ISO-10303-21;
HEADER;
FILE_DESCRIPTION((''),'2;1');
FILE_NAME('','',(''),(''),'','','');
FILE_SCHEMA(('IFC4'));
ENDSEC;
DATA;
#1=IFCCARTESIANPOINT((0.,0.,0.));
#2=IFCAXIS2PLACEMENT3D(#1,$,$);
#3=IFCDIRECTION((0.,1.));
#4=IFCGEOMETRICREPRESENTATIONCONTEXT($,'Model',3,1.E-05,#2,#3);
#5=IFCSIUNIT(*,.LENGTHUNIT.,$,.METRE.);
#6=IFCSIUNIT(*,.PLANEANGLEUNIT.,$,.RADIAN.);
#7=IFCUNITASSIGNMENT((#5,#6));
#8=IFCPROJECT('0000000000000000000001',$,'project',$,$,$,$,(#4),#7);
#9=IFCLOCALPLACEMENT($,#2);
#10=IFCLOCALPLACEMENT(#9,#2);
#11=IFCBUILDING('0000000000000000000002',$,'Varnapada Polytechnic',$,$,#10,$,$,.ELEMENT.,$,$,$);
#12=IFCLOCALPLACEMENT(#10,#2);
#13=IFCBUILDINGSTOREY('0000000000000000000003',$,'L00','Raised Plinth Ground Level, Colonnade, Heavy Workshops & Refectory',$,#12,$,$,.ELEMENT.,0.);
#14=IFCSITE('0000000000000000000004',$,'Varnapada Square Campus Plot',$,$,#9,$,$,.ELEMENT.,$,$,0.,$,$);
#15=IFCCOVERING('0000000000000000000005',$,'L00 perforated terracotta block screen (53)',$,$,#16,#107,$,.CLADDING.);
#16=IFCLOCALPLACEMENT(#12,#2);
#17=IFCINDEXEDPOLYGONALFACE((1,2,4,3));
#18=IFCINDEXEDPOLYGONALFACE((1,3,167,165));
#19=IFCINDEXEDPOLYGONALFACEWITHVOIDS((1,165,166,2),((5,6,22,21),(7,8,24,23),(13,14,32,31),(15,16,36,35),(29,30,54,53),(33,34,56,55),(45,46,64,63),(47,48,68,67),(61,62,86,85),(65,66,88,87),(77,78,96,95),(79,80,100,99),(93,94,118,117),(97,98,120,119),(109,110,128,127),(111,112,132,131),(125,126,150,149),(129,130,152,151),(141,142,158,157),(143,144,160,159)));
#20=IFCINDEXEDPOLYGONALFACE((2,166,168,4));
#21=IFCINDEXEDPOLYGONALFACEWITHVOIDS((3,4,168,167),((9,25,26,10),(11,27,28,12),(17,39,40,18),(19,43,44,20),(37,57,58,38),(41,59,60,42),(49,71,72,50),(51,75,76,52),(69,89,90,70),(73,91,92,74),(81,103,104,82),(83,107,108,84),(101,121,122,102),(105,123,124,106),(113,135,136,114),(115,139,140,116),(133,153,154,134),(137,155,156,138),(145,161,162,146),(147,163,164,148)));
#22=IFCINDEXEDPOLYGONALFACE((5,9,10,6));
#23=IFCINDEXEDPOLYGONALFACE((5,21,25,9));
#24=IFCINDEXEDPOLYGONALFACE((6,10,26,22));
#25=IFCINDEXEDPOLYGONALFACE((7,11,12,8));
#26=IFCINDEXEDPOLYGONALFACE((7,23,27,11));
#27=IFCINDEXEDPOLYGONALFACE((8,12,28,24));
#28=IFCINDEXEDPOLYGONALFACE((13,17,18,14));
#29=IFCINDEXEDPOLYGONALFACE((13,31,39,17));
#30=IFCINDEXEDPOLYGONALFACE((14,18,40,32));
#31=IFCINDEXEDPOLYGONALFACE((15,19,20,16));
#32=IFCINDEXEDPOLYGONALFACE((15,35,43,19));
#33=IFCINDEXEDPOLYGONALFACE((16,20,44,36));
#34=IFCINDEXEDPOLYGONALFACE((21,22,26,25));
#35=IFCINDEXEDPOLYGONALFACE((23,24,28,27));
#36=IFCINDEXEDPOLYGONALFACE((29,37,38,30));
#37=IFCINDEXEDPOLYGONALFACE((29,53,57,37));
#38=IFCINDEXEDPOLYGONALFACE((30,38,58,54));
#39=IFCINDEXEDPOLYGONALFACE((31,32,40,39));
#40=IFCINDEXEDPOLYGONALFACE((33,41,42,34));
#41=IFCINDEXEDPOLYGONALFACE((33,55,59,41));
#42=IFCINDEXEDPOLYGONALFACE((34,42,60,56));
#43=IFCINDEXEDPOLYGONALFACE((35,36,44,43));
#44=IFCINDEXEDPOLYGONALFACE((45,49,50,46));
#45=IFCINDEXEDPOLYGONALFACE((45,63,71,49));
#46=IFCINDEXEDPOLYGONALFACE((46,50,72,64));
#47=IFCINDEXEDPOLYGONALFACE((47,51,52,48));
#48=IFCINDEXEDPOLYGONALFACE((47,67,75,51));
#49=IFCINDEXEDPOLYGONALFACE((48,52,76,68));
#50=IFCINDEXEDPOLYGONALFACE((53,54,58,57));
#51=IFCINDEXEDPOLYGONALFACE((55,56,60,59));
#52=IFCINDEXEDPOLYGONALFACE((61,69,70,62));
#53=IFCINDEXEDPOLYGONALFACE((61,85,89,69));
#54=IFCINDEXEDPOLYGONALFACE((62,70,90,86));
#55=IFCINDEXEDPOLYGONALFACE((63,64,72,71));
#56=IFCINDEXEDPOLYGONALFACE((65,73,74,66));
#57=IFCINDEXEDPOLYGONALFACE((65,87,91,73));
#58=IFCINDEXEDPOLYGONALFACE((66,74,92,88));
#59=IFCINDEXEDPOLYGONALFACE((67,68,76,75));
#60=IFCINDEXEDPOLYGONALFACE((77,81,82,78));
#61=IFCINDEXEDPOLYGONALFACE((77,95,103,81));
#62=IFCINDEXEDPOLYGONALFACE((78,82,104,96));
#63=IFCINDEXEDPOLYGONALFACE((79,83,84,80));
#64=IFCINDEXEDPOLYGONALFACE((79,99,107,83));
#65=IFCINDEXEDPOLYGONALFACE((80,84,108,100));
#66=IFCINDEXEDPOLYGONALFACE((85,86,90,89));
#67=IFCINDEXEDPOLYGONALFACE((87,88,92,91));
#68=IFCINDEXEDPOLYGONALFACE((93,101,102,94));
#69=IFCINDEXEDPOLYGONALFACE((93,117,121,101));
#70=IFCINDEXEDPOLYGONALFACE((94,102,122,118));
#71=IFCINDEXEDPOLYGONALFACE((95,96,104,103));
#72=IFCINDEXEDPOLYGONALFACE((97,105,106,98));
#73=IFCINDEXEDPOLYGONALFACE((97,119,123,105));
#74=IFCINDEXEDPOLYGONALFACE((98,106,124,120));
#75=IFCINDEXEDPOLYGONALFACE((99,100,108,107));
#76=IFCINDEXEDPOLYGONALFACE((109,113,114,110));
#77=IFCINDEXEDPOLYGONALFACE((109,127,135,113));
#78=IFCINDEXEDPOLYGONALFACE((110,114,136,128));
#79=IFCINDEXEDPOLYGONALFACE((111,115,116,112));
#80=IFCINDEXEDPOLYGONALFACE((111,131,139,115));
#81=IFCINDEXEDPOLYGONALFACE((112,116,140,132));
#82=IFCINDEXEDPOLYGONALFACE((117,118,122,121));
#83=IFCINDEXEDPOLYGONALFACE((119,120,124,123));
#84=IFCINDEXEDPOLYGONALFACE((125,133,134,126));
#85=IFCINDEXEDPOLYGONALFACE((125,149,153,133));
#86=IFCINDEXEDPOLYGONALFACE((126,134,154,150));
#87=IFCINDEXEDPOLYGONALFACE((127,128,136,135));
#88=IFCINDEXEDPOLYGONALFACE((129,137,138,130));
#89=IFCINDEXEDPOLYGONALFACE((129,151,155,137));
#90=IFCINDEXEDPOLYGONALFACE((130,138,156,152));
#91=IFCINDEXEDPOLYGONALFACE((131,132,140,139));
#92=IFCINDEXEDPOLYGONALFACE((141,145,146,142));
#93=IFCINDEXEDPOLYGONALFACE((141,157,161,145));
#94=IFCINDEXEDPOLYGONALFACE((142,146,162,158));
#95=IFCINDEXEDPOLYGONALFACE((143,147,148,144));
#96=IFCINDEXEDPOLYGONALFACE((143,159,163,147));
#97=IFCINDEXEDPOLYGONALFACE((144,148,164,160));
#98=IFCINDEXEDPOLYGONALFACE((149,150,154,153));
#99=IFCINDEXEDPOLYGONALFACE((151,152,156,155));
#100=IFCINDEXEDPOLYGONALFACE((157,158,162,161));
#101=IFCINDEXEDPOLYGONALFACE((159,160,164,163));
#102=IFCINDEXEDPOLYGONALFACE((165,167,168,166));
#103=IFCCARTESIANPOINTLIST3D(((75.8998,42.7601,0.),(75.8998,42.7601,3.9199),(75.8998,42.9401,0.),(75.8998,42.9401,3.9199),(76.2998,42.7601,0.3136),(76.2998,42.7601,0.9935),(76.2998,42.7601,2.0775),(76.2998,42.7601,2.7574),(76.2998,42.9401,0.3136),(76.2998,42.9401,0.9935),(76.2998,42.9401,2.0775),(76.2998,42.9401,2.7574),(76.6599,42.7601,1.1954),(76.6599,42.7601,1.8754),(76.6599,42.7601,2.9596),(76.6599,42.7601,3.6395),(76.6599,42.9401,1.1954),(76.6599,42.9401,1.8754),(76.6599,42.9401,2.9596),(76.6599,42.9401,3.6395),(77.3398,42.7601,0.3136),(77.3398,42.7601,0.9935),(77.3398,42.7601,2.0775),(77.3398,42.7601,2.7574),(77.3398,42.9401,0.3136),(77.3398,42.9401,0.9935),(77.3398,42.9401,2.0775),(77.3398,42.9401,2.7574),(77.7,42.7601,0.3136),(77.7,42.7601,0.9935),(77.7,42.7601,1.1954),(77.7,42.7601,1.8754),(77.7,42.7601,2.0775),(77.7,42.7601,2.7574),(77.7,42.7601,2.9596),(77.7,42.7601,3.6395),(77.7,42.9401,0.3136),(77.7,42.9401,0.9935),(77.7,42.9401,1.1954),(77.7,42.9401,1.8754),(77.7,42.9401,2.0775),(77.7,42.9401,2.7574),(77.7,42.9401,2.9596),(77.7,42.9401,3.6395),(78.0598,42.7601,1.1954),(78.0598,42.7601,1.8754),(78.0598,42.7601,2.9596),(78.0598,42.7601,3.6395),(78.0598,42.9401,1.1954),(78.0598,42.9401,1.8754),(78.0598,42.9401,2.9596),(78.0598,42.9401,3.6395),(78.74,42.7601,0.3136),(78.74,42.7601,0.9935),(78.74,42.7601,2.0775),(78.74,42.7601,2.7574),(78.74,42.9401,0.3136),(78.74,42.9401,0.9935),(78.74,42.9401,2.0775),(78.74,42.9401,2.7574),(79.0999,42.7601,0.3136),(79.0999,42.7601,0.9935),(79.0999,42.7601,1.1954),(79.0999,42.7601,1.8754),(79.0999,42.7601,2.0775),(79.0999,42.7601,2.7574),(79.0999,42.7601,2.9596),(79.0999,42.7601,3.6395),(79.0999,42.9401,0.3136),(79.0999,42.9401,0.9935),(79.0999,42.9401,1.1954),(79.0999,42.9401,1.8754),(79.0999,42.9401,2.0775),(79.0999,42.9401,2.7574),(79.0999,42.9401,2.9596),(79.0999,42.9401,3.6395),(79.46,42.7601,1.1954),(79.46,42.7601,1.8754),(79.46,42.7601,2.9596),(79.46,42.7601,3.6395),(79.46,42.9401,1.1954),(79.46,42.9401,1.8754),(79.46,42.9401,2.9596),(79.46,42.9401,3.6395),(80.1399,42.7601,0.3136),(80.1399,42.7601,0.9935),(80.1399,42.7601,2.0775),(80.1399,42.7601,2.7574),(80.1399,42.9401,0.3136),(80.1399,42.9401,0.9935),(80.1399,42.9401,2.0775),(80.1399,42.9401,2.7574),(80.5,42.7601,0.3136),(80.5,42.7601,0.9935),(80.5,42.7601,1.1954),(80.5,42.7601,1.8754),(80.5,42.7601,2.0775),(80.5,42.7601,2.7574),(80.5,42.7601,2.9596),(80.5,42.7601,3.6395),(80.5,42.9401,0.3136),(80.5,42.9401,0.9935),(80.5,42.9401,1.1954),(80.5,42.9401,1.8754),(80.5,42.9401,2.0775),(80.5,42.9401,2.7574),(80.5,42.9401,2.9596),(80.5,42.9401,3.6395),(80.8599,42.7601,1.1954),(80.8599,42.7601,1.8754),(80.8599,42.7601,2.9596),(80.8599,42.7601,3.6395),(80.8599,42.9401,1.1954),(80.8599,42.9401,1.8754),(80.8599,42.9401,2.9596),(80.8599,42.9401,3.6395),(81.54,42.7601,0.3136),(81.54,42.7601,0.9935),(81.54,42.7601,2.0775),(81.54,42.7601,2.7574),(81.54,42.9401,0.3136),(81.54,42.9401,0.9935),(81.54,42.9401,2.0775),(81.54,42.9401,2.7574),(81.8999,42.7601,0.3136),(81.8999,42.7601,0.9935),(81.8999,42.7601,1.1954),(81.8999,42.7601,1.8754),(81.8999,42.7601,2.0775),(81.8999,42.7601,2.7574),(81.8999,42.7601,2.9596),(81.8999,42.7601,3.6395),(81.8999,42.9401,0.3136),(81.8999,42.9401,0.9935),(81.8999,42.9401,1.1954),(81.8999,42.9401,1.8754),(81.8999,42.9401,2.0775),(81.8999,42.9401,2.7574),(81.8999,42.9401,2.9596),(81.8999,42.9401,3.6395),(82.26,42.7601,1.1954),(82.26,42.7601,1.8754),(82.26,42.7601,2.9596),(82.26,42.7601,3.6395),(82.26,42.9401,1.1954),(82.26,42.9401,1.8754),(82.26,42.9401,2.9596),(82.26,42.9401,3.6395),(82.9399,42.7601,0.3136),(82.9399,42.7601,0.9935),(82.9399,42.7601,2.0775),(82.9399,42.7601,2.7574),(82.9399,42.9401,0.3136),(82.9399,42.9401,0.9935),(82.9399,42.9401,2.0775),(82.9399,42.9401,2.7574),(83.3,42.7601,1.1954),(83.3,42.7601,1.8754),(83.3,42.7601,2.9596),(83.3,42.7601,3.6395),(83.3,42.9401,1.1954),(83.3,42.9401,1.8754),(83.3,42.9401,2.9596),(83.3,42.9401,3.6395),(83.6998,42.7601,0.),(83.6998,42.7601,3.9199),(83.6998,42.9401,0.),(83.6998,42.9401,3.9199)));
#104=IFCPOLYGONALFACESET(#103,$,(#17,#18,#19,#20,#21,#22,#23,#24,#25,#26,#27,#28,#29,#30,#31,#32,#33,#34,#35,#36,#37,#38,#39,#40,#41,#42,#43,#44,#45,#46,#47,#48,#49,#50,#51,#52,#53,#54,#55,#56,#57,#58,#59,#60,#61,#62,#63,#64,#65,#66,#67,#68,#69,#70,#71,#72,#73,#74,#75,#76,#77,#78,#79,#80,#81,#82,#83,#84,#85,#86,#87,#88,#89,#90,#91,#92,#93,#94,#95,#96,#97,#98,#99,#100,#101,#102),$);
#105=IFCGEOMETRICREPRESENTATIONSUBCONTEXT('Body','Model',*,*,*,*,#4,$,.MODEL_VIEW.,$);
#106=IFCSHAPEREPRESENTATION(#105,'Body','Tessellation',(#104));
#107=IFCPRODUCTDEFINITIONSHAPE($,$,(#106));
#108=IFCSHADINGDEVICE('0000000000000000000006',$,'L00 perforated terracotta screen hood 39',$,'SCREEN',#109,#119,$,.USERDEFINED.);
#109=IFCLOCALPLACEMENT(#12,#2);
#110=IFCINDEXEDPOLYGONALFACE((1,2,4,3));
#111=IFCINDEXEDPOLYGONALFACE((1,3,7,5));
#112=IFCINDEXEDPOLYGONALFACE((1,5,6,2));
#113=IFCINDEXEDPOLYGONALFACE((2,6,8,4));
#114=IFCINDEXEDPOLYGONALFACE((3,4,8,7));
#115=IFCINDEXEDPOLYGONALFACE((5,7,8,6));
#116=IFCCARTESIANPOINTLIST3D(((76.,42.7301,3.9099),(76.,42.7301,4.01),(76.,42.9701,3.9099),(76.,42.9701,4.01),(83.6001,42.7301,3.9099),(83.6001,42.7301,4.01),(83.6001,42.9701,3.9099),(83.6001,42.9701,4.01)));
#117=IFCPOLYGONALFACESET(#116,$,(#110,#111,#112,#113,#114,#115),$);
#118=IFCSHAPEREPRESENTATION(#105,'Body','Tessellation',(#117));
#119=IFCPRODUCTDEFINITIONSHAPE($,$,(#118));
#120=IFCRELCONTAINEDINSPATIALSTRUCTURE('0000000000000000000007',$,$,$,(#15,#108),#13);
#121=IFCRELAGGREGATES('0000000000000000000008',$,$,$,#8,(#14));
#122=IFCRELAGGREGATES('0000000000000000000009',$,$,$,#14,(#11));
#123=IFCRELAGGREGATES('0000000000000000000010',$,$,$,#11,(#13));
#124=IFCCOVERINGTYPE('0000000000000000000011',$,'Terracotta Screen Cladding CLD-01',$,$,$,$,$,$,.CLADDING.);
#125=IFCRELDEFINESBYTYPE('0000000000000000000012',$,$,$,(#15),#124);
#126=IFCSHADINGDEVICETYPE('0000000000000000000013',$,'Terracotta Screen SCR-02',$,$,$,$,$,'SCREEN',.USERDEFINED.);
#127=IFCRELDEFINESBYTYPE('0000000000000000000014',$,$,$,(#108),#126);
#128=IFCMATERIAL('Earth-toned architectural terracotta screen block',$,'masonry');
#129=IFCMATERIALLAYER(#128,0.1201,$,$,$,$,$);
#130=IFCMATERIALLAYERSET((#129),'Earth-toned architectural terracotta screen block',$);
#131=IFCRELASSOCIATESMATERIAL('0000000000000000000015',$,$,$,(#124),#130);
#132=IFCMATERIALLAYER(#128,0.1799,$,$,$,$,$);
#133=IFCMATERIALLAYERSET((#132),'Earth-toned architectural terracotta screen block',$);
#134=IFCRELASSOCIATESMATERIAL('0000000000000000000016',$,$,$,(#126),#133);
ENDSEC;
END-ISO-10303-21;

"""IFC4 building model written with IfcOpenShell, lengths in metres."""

from ifc_helpers import new_model, si_unit, direction, frame, frame_2d, origin, origin_2d, place, context, subcontext, project, spatial, rectangle, extrude, material, layer, layer_set, type_object, element, save


model = new_model("IFC4")

# Units and contexts
model_context = context("Model", 3, precision=1e-05, world=origin(), true_north=direction((0.0, 1.0)))
body_context = subcontext(model_context, "Body", "Model", "MODEL_VIEW")
ifc_project = project(units=[si_unit("LENGTHUNIT", "METRE"), si_unit("PLANEANGLEUNIT", "RADIAN")], contexts=[model_context])

# Site, building, storey
site_placement = place(None, origin())
site = spatial("IfcSite", under=ifc_project, at=site_placement, Name="Varnapada Square Campus Plot", CompositionType="ELEMENT", RefElevation=0.0)
building_placement = place(site_placement, origin())
building = spatial("IfcBuilding", under=site, at=building_placement, Name="Varnapada Polytechnic", CompositionType="ELEMENT")
storey_placement = place(building_placement, origin())
storey = spatial("IfcBuildingStorey", under=building, at=storey_placement, Name="L00", Description="Raised Plinth Ground Level, Colonnade, Heavy Workshops & Refectory", CompositionType="ELEMENT", Elevation=0.0)

# Covering, openings
ifc_material_1 = material(Name="Earth-toned architectural terracotta screen block", Category="masonry")
ifc_layer_1 = layer(ifc_material_1, 0.1201)
ifc_layer_set_1 = layer_set([ifc_layer_1], Name="Earth-toned architectural terracotta screen block")
covering_type = type_object("IfcCoveringType", Name="Terracotta Screen Cladding CLD-01", PredefinedType="CLADDING", material=ifc_layer_set_1)
covering_placement = place(storey_placement, frame((75.8999, 42.8501, 0.0), z_axis=(0.0, 0.0, 1.0), x_axis=(1.0, 0.0, 0.0)))
covering = element("IfcCovering", 1, at=covering_placement, inside=storey, type_object=covering_type, Name="L00 perforated terracotta block screen (53)", PredefinedType="CLADDING", context=body_context, shape_type="SweptSolid", body=[
    extrude(rectangle(XDim=7.8, YDim=0.1799, at=frame_2d((3.8999, 0.0))), origin(), (0.0, 0.0, 1.0), 3.9199),
])
opening_1_placement = place(covering_placement, frame((0.3999, 0.0, 0.3137)))
element("IfcOpeningElement", 2, at=opening_1_placement, cuts=covering, PredefinedType="OPENING", context=body_context, shape_type="SweptSolid", body=[
    extrude(rectangle(XDim=1.04, YDim=0.6799, at=frame_2d((0.52, 0.3398))), frame((0.0, 0.0999, 0.0), z_axis=(0.0, -1.0, 0.0), x_axis=(1.0, 0.0, 0.0)), (0.0, 0.0, 1.0), 0.2),
])
opening_2_placement = place(covering_placement, frame((1.8, 0.0, 0.3137)))
element("IfcOpeningElement", 3, at=opening_2_placement, cuts=covering, PredefinedType="OPENING", context=body_context, shape_type="SweptSolid", body=[
    extrude(rectangle(XDim=1.04, YDim=0.6799, at=frame_2d((0.52, 0.3398))), frame((0.0, 0.0999, 0.0), z_axis=(0.0, -1.0, 0.0), x_axis=(1.0, 0.0, 0.0)), (0.0, 0.0, 1.0), 0.2),
])
opening_3_placement = place(covering_placement, frame((3.2, 0.0, 0.3137)))
element("IfcOpeningElement", 4, at=opening_3_placement, cuts=covering, PredefinedType="OPENING", context=body_context, shape_type="SweptSolid", body=[
    extrude(rectangle(XDim=1.04, YDim=0.6799, at=frame_2d((0.52, 0.3398))), frame((0.0, 0.0999, 0.0), z_axis=(0.0, -1.0, 0.0), x_axis=(1.0, 0.0, 0.0)), (0.0, 0.0, 1.0), 0.2),
])
opening_4_placement = place(covering_placement, frame((4.6001, 0.0, 0.3137)))
element("IfcOpeningElement", 5, at=opening_4_placement, cuts=covering, PredefinedType="OPENING", context=body_context, shape_type="SweptSolid", body=[
    extrude(rectangle(XDim=1.04, YDim=0.6799, at=frame_2d((0.52, 0.3398))), frame((0.0, 0.0999, 0.0), z_axis=(0.0, -1.0, 0.0), x_axis=(1.0, 0.0, 0.0)), (0.0, 0.0, 1.0), 0.2),
])
opening_5_placement = place(covering_placement, frame((6.0, 0.0, 0.3137)))
element("IfcOpeningElement", 6, at=opening_5_placement, cuts=covering, PredefinedType="OPENING", context=body_context, shape_type="SweptSolid", body=[
    extrude(rectangle(XDim=1.04, YDim=0.6799, at=frame_2d((0.52, 0.3398))), frame((0.0, 0.0999, 0.0), z_axis=(0.0, -1.0, 0.0), x_axis=(1.0, 0.0, 0.0)), (0.0, 0.0, 1.0), 0.2),
])
opening_6_placement = place(covering_placement, frame((0.76, 0.0, 1.1956)))
element("IfcOpeningElement", 7, at=opening_6_placement, cuts=covering, PredefinedType="OPENING", context=body_context, shape_type="SweptSolid", body=[
    extrude(rectangle(XDim=1.04, YDim=0.6799, at=frame_2d((0.52, 0.3398))), frame((0.0, 0.0999, 0.0), z_axis=(0.0, -1.0, 0.0), x_axis=(1.0, 0.0, 0.0)), (0.0, 0.0, 1.0), 0.2),
])
opening_7_placement = place(covering_placement, frame((2.1599, 0.0, 1.1956)))
element("IfcOpeningElement", 8, at=opening_7_placement, cuts=covering, PredefinedType="OPENING", context=body_context, shape_type="SweptSolid", body=[
    extrude(rectangle(XDim=1.04, YDim=0.6799, at=frame_2d((0.52, 0.3398))), frame((0.0, 0.0999, 0.0), z_axis=(0.0, -1.0, 0.0), x_axis=(1.0, 0.0, 0.0)), (0.0, 0.0, 1.0), 0.2),
])
opening_8_placement = place(covering_placement, frame((3.5601, 0.0, 1.1956)))
element("IfcOpeningElement", 9, at=opening_8_placement, cuts=covering, PredefinedType="OPENING", context=body_context, shape_type="SweptSolid", body=[
    extrude(rectangle(XDim=1.04, YDim=0.6799, at=frame_2d((0.52, 0.3398))), frame((0.0, 0.0999, 0.0), z_axis=(0.0, -1.0, 0.0), x_axis=(1.0, 0.0, 0.0)), (0.0, 0.0, 1.0), 0.2),
])
opening_9_placement = place(covering_placement, frame((4.96, 0.0, 1.1956)))
element("IfcOpeningElement", 10, at=opening_9_placement, cuts=covering, PredefinedType="OPENING", context=body_context, shape_type="SweptSolid", body=[
    extrude(rectangle(XDim=1.04, YDim=0.6799, at=frame_2d((0.52, 0.3398))), frame((0.0, 0.0999, 0.0), z_axis=(0.0, -1.0, 0.0), x_axis=(1.0, 0.0, 0.0)), (0.0, 0.0, 1.0), 0.2),
])
opening_10_placement = place(covering_placement, frame((6.3601, 0.0, 1.1956)))
element("IfcOpeningElement", 11, at=opening_10_placement, cuts=covering, PredefinedType="OPENING", context=body_context, shape_type="SweptSolid", body=[
    extrude(rectangle(XDim=1.04, YDim=0.6799, at=frame_2d((0.52, 0.3398))), frame((0.0, 0.0999, 0.0), z_axis=(0.0, -1.0, 0.0), x_axis=(1.0, 0.0, 0.0)), (0.0, 0.0, 1.0), 0.2),
])
opening_11_placement = place(covering_placement, frame((0.3999, 0.0, 2.0776)))
element("IfcOpeningElement", 12, at=opening_11_placement, cuts=covering, PredefinedType="OPENING", context=body_context, shape_type="SweptSolid", body=[
    extrude(rectangle(XDim=1.04, YDim=0.6799, at=frame_2d((0.52, 0.3398))), frame((0.0, 0.0999, 0.0), z_axis=(0.0, -1.0, 0.0), x_axis=(1.0, 0.0, 0.0)), (0.0, 0.0, 1.0), 0.2),
])
opening_12_placement = place(covering_placement, frame((1.8, 0.0, 2.0776)))
element("IfcOpeningElement", 13, at=opening_12_placement, cuts=covering, PredefinedType="OPENING", context=body_context, shape_type="SweptSolid", body=[
    extrude(rectangle(XDim=1.04, YDim=0.6799, at=frame_2d((0.52, 0.3398))), frame((0.0, 0.0999, 0.0), z_axis=(0.0, -1.0, 0.0), x_axis=(1.0, 0.0, 0.0)), (0.0, 0.0, 1.0), 0.2),
])
opening_13_placement = place(covering_placement, frame((3.2, 0.0, 2.0776)))
element("IfcOpeningElement", 14, at=opening_13_placement, cuts=covering, PredefinedType="OPENING", context=body_context, shape_type="SweptSolid", body=[
    extrude(rectangle(XDim=1.04, YDim=0.6799, at=frame_2d((0.52, 0.3398))), frame((0.0, 0.0999, 0.0), z_axis=(0.0, -1.0, 0.0), x_axis=(1.0, 0.0, 0.0)), (0.0, 0.0, 1.0), 0.2),
])
opening_14_placement = place(covering_placement, frame((4.6001, 0.0, 2.0776)))
element("IfcOpeningElement", 15, at=opening_14_placement, cuts=covering, PredefinedType="OPENING", context=body_context, shape_type="SweptSolid", body=[
    extrude(rectangle(XDim=1.04, YDim=0.6799, at=frame_2d((0.52, 0.3398))), frame((0.0, 0.0999, 0.0), z_axis=(0.0, -1.0, 0.0), x_axis=(1.0, 0.0, 0.0)), (0.0, 0.0, 1.0), 0.2),
])
opening_15_placement = place(covering_placement, frame((6.0, 0.0, 2.0776)))
element("IfcOpeningElement", 16, at=opening_15_placement, cuts=covering, PredefinedType="OPENING", context=body_context, shape_type="SweptSolid", body=[
    extrude(rectangle(XDim=1.04, YDim=0.6799, at=frame_2d((0.52, 0.3398))), frame((0.0, 0.0999, 0.0), z_axis=(0.0, -1.0, 0.0), x_axis=(1.0, 0.0, 0.0)), (0.0, 0.0, 1.0), 0.2),
])
opening_16_placement = place(covering_placement, frame((0.76, 0.0, 2.9597)))
element("IfcOpeningElement", 17, at=opening_16_placement, cuts=covering, PredefinedType="OPENING", context=body_context, shape_type="SweptSolid", body=[
    extrude(rectangle(XDim=1.04, YDim=0.6799, at=frame_2d((0.52, 0.3398))), frame((0.0, 0.0999, 0.0), z_axis=(0.0, -1.0, 0.0), x_axis=(1.0, 0.0, 0.0)), (0.0, 0.0, 1.0), 0.2),
])
opening_17_placement = place(covering_placement, frame((2.1599, 0.0, 2.9597)))
element("IfcOpeningElement", 18, at=opening_17_placement, cuts=covering, PredefinedType="OPENING", context=body_context, shape_type="SweptSolid", body=[
    extrude(rectangle(XDim=1.04, YDim=0.6799, at=frame_2d((0.52, 0.3398))), frame((0.0, 0.0999, 0.0), z_axis=(0.0, -1.0, 0.0), x_axis=(1.0, 0.0, 0.0)), (0.0, 0.0, 1.0), 0.2),
])
opening_18_placement = place(covering_placement, frame((3.5601, 0.0, 2.9597)))
element("IfcOpeningElement", 19, at=opening_18_placement, cuts=covering, PredefinedType="OPENING", context=body_context, shape_type="SweptSolid", body=[
    extrude(rectangle(XDim=1.04, YDim=0.6799, at=frame_2d((0.52, 0.3398))), frame((0.0, 0.0999, 0.0), z_axis=(0.0, -1.0, 0.0), x_axis=(1.0, 0.0, 0.0)), (0.0, 0.0, 1.0), 0.2),
])
opening_19_placement = place(covering_placement, frame((4.96, 0.0, 2.9597)))
element("IfcOpeningElement", 20, at=opening_19_placement, cuts=covering, PredefinedType="OPENING", context=body_context, shape_type="SweptSolid", body=[
    extrude(rectangle(XDim=1.04, YDim=0.6799, at=frame_2d((0.52, 0.3398))), frame((0.0, 0.0999, 0.0), z_axis=(0.0, -1.0, 0.0), x_axis=(1.0, 0.0, 0.0)), (0.0, 0.0, 1.0), 0.2),
])
opening_20_placement = place(covering_placement, frame((6.3601, 0.0, 2.9597)))
element("IfcOpeningElement", 21, at=opening_20_placement, cuts=covering, PredefinedType="OPENING", context=body_context, shape_type="SweptSolid", body=[
    extrude(rectangle(XDim=1.04, YDim=0.6799, at=frame_2d((0.52, 0.3398))), frame((0.0, 0.0999, 0.0), z_axis=(0.0, -1.0, 0.0), x_axis=(1.0, 0.0, 0.0)), (0.0, 0.0, 1.0), 0.2),
])

# Shading device
ifc_layer_2 = layer(ifc_material_1, 0.1799)
ifc_layer_set_2 = layer_set([ifc_layer_2], Name="Earth-toned architectural terracotta screen block")
shading_device_type = type_object("IfcShadingDeviceType", Name="Terracotta Screen SCR-02", ElementType="SCREEN", PredefinedType="USERDEFINED", material=ifc_layer_set_2)
shading_device_placement = place(storey_placement, frame((79.8, 42.8501, 3.9099), z_axis=(0.0, 0.0, 1.0), x_axis=(1.0, 0.0, 0.0)))
element("IfcShadingDevice", 22, at=shading_device_placement, inside=storey, type_object=shading_device_type, Name="L00 perforated terracotta screen hood 39", ObjectType="SCREEN", PredefinedType="USERDEFINED", context=body_context, shape_type="SweptSolid", body=[
    extrude(rectangle(XDim=7.6001, YDim=0.24, at=origin_2d()), origin(), (0.0, 0.0, 1.0), 0.1001),
])

save(model, "model.ifc")
